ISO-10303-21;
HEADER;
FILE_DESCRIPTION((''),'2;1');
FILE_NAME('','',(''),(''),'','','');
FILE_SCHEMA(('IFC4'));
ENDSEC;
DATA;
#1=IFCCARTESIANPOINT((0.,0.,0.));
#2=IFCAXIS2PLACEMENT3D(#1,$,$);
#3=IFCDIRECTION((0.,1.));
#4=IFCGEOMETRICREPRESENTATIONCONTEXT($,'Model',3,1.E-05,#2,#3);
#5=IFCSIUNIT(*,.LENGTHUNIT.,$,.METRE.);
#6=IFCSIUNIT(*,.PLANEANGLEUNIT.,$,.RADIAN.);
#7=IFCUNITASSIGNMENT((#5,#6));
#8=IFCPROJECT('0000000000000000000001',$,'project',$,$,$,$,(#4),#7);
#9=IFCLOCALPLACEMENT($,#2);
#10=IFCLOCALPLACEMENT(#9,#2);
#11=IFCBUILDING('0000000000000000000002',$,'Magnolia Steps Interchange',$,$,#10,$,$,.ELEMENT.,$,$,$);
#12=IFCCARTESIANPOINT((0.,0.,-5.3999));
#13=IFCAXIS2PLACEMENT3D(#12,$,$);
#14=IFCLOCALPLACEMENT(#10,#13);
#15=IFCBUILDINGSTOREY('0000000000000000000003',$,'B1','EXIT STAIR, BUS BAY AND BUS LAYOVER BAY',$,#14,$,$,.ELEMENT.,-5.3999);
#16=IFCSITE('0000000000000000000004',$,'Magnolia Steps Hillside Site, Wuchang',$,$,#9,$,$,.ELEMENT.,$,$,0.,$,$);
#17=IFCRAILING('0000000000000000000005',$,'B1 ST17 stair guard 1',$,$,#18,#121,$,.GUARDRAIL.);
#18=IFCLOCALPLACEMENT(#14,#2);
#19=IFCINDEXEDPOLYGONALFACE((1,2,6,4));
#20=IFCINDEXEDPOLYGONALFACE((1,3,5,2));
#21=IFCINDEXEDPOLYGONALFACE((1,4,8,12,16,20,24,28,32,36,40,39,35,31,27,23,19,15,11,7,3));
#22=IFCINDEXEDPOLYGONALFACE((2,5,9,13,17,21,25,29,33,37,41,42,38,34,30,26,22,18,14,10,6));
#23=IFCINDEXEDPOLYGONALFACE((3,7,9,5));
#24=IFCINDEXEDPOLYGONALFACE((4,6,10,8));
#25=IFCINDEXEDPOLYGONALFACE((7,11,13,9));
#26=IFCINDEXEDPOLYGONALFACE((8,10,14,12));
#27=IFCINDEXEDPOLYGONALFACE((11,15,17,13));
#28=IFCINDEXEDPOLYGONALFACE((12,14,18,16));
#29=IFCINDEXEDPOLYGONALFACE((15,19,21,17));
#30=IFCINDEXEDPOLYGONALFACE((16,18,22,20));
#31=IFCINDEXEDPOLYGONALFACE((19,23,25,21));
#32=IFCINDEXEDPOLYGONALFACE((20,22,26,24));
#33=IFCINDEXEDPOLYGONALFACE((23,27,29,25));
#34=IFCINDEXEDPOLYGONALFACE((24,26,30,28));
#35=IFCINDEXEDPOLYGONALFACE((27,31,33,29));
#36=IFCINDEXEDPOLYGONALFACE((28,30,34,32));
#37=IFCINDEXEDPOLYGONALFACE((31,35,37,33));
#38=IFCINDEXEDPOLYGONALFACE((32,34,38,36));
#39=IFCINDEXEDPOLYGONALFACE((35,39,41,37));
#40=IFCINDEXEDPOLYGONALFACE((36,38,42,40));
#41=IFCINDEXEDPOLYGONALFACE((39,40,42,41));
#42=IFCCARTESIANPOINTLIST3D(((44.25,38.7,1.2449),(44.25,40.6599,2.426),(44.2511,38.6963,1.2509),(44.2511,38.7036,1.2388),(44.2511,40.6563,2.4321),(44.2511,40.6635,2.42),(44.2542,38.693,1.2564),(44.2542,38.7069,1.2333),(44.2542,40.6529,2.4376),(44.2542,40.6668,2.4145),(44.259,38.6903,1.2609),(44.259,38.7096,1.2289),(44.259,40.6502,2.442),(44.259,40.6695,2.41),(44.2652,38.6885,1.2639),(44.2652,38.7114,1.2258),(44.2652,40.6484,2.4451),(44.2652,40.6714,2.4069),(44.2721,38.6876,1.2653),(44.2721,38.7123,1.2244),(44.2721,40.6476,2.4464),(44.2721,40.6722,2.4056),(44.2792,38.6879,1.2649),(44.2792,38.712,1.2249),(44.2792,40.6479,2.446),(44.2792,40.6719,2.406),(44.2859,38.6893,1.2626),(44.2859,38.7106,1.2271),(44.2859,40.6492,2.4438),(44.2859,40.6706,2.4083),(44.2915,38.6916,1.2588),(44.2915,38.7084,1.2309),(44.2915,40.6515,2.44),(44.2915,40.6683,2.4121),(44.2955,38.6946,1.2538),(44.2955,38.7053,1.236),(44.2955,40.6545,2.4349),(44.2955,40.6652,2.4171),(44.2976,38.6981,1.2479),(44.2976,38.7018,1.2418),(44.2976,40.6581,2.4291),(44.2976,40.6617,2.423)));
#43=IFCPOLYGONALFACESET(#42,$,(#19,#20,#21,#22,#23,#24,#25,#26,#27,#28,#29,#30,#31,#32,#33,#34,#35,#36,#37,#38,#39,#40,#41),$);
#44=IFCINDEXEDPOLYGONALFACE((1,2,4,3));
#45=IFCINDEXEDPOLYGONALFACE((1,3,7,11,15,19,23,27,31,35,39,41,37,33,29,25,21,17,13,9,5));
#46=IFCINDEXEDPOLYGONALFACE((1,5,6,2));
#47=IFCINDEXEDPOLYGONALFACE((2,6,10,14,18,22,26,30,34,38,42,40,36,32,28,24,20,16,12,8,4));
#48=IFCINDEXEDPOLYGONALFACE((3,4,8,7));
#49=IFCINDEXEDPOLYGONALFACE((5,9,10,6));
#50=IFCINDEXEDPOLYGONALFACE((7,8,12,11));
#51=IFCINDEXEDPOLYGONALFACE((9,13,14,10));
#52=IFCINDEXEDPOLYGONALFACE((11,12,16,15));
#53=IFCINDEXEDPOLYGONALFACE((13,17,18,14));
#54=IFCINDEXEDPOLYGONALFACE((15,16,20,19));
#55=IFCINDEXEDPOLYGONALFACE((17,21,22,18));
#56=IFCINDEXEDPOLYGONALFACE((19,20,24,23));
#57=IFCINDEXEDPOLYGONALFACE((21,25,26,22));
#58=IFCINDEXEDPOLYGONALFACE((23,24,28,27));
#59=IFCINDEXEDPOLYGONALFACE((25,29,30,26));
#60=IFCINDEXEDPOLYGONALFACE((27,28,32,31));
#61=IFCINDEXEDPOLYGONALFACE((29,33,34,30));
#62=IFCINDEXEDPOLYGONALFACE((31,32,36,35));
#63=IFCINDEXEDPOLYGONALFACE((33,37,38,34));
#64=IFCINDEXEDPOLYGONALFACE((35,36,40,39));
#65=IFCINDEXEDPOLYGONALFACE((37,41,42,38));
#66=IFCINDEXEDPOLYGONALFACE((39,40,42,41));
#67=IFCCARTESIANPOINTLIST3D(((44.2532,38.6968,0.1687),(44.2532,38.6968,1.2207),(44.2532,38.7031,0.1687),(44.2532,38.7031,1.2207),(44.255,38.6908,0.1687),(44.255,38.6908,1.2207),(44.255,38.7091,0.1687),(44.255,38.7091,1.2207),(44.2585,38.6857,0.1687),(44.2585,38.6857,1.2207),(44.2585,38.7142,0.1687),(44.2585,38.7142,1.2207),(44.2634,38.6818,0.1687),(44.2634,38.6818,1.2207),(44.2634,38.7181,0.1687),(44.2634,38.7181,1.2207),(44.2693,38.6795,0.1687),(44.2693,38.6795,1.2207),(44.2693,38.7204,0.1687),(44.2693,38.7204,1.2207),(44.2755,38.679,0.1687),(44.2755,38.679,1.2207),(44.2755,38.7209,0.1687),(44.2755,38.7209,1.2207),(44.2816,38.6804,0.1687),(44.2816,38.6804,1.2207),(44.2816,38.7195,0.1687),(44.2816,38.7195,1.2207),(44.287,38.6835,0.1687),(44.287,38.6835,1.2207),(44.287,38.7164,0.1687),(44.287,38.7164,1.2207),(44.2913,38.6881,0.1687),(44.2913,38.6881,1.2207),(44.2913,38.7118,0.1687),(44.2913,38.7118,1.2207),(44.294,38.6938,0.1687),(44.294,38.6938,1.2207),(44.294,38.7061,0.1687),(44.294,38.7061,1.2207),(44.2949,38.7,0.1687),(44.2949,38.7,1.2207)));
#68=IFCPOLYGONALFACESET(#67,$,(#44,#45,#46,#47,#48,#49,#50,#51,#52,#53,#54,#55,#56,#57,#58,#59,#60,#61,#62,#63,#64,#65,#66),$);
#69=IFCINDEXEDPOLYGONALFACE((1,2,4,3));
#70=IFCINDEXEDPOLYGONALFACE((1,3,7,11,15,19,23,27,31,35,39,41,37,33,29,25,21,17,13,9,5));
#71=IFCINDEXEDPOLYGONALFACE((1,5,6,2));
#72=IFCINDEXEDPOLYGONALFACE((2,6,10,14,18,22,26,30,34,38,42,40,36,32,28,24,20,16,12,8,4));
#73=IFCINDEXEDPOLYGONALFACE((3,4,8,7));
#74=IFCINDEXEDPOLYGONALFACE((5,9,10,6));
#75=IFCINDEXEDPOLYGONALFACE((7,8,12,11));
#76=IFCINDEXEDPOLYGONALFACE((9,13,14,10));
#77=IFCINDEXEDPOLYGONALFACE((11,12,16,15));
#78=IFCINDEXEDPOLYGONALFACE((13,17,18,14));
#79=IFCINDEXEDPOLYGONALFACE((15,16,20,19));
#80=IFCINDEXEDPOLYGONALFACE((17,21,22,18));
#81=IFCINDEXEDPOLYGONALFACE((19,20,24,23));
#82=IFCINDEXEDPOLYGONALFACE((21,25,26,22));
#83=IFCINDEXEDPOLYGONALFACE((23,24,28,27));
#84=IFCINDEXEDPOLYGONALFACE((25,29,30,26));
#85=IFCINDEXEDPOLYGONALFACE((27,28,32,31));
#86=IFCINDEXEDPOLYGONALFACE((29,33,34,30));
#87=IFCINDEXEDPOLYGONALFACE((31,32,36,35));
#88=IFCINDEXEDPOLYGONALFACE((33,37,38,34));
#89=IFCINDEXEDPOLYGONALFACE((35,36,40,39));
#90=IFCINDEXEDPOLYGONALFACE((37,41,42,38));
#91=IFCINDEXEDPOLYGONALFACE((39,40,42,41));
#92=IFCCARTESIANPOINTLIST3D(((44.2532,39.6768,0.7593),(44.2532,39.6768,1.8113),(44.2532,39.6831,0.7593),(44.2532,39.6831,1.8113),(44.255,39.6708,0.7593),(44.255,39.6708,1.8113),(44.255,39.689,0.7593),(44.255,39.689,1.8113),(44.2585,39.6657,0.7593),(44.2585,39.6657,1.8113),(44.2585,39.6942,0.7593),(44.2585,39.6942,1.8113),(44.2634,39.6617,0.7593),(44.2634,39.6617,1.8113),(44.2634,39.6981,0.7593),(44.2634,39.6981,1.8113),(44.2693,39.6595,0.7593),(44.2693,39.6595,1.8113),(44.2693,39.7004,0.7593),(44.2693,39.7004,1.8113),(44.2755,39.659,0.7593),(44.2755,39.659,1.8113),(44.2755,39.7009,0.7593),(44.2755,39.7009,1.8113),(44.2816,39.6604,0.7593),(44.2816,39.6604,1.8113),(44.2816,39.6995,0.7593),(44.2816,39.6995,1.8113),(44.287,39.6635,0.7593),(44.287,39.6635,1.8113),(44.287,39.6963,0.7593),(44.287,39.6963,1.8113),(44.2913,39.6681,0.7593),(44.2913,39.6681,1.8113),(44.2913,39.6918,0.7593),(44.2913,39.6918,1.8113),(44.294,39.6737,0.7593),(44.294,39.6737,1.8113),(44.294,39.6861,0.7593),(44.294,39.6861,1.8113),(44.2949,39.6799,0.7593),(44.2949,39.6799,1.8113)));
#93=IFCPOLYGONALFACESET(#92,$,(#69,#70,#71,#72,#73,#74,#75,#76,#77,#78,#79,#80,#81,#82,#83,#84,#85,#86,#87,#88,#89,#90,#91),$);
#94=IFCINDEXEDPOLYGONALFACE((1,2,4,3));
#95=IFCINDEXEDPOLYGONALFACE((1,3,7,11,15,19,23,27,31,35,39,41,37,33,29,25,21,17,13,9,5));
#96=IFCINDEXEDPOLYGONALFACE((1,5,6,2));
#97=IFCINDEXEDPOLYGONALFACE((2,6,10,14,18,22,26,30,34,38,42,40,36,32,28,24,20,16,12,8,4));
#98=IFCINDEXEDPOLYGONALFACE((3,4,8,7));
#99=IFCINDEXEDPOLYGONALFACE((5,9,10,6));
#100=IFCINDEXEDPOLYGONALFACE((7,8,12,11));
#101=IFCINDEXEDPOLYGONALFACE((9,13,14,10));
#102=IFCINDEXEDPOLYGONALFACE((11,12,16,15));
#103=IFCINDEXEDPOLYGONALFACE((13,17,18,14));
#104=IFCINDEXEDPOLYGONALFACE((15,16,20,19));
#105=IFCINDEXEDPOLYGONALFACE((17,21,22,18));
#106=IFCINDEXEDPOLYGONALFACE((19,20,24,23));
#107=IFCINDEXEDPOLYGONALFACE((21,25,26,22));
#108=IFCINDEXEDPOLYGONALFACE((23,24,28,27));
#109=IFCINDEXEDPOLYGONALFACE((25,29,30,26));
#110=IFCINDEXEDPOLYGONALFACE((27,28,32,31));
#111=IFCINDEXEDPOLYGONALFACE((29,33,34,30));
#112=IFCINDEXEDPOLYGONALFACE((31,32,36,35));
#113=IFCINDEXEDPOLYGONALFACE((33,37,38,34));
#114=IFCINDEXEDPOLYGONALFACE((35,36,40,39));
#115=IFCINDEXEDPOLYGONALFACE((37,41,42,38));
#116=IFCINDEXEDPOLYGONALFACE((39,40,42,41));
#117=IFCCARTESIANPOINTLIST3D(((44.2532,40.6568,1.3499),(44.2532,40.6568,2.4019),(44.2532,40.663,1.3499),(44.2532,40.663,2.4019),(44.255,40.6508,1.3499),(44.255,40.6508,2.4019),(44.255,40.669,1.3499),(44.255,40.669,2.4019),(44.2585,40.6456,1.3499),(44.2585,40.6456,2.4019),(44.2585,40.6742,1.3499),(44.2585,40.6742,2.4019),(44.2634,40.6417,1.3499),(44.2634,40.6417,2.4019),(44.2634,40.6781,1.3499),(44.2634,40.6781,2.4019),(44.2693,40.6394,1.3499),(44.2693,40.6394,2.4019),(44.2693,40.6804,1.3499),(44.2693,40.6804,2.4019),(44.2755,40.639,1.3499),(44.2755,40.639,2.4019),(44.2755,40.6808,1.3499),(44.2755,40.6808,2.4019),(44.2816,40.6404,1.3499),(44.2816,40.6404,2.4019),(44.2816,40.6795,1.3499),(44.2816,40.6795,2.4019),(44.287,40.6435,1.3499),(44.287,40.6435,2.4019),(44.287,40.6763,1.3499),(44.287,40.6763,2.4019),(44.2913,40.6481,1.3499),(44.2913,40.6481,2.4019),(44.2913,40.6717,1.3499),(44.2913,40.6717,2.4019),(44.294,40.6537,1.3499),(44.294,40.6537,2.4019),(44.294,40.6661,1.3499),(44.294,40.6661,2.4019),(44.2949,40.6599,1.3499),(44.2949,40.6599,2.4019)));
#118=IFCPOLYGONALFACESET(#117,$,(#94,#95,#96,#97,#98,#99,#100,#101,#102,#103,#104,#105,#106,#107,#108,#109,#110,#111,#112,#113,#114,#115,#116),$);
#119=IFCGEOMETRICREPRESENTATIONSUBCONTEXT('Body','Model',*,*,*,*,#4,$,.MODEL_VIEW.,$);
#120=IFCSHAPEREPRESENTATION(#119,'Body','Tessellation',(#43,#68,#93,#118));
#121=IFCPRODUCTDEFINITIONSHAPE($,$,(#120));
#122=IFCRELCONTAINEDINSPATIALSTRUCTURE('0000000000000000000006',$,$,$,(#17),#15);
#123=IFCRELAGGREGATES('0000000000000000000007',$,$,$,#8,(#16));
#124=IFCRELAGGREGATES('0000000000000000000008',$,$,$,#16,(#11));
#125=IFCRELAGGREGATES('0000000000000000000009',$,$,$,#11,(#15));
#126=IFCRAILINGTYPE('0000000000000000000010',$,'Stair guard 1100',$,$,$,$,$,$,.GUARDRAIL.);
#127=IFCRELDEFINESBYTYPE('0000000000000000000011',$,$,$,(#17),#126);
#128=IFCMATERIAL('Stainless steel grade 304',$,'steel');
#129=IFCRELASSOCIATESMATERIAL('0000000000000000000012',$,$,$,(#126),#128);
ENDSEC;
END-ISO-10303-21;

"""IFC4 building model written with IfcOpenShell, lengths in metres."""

from ifc_helpers import new_model, si_unit, direction, frame, origin, origin_2d, place, context, subcontext, project, spatial, circle, extrude, material, type_object, element, save


model = new_model("IFC4")

# Units and contexts
model_context = context("Model", 3, precision=1e-05, world=origin(), true_north=direction((0.0, 1.0)))
body_context = subcontext(model_context, "Body", "Model", "MODEL_VIEW")
ifc_project = project(units=[si_unit("LENGTHUNIT", "METRE"), si_unit("PLANEANGLEUNIT", "RADIAN")], contexts=[model_context])

# Site, building, storey
site_placement = place(None, origin())
site = spatial("IfcSite", under=ifc_project, at=site_placement, Name="Magnolia Steps Hillside Site, Wuchang", CompositionType="ELEMENT", RefElevation=0.0)
building_placement = place(site_placement, origin())
building = spatial("IfcBuilding", under=site, at=building_placement, Name="Magnolia Steps Interchange", CompositionType="ELEMENT")
storey_placement = place(building_placement, frame((0.0, 0.0, -5.3999)))
storey = spatial("IfcBuildingStorey", under=building, at=storey_placement, Name="B1", Description="EXIT STAIR, BUS BAY AND BUS LAYOVER BAY", CompositionType="ELEMENT", Elevation=-5.3999)

# Railing
ifc_material_1 = material(Name="Stainless steel grade 304", Category="steel")
railing_type_1 = type_object("IfcRailingType", Name="Stair guard 1100", PredefinedType="GUARDRAIL", material=ifc_material_1)
railing_1_placement = place(storey_placement, frame((44.2739, 38.7, 0.1687)))
element("IfcRailing", 1, at=railing_1_placement, inside=storey, type_object=railing_type_1, Name="B1 ST17 stair guard 1", PredefinedType="GUARDRAIL", context=body_context, shape_type="SweptSolid", body=[
    extrude(circle(Radius=0.0239, at=origin_2d()), frame((0.0, 0.0, 1.0762), z_axis=(0.0, 0.856493, 0.516158), x_axis=(-1.0, 0.0, 0.0)), (0.0, 0.0, 1.0), 2.2883),
    extrude(circle(Radius=0.021, at=origin_2d()), origin(), (0.0, 0.0, 1.0), 1.052),
    extrude(circle(Radius=0.021, at=origin_2d()), frame((0.0, 0.98, 0.5906)), (0.0, 0.0, 1.0), 1.052),
    extrude(circle(Radius=0.021, at=origin_2d()), frame((0.0, 1.96, 1.1812)), (0.0, 0.0, 1.0), 1.052),
])

save(model, "model.ifc")
